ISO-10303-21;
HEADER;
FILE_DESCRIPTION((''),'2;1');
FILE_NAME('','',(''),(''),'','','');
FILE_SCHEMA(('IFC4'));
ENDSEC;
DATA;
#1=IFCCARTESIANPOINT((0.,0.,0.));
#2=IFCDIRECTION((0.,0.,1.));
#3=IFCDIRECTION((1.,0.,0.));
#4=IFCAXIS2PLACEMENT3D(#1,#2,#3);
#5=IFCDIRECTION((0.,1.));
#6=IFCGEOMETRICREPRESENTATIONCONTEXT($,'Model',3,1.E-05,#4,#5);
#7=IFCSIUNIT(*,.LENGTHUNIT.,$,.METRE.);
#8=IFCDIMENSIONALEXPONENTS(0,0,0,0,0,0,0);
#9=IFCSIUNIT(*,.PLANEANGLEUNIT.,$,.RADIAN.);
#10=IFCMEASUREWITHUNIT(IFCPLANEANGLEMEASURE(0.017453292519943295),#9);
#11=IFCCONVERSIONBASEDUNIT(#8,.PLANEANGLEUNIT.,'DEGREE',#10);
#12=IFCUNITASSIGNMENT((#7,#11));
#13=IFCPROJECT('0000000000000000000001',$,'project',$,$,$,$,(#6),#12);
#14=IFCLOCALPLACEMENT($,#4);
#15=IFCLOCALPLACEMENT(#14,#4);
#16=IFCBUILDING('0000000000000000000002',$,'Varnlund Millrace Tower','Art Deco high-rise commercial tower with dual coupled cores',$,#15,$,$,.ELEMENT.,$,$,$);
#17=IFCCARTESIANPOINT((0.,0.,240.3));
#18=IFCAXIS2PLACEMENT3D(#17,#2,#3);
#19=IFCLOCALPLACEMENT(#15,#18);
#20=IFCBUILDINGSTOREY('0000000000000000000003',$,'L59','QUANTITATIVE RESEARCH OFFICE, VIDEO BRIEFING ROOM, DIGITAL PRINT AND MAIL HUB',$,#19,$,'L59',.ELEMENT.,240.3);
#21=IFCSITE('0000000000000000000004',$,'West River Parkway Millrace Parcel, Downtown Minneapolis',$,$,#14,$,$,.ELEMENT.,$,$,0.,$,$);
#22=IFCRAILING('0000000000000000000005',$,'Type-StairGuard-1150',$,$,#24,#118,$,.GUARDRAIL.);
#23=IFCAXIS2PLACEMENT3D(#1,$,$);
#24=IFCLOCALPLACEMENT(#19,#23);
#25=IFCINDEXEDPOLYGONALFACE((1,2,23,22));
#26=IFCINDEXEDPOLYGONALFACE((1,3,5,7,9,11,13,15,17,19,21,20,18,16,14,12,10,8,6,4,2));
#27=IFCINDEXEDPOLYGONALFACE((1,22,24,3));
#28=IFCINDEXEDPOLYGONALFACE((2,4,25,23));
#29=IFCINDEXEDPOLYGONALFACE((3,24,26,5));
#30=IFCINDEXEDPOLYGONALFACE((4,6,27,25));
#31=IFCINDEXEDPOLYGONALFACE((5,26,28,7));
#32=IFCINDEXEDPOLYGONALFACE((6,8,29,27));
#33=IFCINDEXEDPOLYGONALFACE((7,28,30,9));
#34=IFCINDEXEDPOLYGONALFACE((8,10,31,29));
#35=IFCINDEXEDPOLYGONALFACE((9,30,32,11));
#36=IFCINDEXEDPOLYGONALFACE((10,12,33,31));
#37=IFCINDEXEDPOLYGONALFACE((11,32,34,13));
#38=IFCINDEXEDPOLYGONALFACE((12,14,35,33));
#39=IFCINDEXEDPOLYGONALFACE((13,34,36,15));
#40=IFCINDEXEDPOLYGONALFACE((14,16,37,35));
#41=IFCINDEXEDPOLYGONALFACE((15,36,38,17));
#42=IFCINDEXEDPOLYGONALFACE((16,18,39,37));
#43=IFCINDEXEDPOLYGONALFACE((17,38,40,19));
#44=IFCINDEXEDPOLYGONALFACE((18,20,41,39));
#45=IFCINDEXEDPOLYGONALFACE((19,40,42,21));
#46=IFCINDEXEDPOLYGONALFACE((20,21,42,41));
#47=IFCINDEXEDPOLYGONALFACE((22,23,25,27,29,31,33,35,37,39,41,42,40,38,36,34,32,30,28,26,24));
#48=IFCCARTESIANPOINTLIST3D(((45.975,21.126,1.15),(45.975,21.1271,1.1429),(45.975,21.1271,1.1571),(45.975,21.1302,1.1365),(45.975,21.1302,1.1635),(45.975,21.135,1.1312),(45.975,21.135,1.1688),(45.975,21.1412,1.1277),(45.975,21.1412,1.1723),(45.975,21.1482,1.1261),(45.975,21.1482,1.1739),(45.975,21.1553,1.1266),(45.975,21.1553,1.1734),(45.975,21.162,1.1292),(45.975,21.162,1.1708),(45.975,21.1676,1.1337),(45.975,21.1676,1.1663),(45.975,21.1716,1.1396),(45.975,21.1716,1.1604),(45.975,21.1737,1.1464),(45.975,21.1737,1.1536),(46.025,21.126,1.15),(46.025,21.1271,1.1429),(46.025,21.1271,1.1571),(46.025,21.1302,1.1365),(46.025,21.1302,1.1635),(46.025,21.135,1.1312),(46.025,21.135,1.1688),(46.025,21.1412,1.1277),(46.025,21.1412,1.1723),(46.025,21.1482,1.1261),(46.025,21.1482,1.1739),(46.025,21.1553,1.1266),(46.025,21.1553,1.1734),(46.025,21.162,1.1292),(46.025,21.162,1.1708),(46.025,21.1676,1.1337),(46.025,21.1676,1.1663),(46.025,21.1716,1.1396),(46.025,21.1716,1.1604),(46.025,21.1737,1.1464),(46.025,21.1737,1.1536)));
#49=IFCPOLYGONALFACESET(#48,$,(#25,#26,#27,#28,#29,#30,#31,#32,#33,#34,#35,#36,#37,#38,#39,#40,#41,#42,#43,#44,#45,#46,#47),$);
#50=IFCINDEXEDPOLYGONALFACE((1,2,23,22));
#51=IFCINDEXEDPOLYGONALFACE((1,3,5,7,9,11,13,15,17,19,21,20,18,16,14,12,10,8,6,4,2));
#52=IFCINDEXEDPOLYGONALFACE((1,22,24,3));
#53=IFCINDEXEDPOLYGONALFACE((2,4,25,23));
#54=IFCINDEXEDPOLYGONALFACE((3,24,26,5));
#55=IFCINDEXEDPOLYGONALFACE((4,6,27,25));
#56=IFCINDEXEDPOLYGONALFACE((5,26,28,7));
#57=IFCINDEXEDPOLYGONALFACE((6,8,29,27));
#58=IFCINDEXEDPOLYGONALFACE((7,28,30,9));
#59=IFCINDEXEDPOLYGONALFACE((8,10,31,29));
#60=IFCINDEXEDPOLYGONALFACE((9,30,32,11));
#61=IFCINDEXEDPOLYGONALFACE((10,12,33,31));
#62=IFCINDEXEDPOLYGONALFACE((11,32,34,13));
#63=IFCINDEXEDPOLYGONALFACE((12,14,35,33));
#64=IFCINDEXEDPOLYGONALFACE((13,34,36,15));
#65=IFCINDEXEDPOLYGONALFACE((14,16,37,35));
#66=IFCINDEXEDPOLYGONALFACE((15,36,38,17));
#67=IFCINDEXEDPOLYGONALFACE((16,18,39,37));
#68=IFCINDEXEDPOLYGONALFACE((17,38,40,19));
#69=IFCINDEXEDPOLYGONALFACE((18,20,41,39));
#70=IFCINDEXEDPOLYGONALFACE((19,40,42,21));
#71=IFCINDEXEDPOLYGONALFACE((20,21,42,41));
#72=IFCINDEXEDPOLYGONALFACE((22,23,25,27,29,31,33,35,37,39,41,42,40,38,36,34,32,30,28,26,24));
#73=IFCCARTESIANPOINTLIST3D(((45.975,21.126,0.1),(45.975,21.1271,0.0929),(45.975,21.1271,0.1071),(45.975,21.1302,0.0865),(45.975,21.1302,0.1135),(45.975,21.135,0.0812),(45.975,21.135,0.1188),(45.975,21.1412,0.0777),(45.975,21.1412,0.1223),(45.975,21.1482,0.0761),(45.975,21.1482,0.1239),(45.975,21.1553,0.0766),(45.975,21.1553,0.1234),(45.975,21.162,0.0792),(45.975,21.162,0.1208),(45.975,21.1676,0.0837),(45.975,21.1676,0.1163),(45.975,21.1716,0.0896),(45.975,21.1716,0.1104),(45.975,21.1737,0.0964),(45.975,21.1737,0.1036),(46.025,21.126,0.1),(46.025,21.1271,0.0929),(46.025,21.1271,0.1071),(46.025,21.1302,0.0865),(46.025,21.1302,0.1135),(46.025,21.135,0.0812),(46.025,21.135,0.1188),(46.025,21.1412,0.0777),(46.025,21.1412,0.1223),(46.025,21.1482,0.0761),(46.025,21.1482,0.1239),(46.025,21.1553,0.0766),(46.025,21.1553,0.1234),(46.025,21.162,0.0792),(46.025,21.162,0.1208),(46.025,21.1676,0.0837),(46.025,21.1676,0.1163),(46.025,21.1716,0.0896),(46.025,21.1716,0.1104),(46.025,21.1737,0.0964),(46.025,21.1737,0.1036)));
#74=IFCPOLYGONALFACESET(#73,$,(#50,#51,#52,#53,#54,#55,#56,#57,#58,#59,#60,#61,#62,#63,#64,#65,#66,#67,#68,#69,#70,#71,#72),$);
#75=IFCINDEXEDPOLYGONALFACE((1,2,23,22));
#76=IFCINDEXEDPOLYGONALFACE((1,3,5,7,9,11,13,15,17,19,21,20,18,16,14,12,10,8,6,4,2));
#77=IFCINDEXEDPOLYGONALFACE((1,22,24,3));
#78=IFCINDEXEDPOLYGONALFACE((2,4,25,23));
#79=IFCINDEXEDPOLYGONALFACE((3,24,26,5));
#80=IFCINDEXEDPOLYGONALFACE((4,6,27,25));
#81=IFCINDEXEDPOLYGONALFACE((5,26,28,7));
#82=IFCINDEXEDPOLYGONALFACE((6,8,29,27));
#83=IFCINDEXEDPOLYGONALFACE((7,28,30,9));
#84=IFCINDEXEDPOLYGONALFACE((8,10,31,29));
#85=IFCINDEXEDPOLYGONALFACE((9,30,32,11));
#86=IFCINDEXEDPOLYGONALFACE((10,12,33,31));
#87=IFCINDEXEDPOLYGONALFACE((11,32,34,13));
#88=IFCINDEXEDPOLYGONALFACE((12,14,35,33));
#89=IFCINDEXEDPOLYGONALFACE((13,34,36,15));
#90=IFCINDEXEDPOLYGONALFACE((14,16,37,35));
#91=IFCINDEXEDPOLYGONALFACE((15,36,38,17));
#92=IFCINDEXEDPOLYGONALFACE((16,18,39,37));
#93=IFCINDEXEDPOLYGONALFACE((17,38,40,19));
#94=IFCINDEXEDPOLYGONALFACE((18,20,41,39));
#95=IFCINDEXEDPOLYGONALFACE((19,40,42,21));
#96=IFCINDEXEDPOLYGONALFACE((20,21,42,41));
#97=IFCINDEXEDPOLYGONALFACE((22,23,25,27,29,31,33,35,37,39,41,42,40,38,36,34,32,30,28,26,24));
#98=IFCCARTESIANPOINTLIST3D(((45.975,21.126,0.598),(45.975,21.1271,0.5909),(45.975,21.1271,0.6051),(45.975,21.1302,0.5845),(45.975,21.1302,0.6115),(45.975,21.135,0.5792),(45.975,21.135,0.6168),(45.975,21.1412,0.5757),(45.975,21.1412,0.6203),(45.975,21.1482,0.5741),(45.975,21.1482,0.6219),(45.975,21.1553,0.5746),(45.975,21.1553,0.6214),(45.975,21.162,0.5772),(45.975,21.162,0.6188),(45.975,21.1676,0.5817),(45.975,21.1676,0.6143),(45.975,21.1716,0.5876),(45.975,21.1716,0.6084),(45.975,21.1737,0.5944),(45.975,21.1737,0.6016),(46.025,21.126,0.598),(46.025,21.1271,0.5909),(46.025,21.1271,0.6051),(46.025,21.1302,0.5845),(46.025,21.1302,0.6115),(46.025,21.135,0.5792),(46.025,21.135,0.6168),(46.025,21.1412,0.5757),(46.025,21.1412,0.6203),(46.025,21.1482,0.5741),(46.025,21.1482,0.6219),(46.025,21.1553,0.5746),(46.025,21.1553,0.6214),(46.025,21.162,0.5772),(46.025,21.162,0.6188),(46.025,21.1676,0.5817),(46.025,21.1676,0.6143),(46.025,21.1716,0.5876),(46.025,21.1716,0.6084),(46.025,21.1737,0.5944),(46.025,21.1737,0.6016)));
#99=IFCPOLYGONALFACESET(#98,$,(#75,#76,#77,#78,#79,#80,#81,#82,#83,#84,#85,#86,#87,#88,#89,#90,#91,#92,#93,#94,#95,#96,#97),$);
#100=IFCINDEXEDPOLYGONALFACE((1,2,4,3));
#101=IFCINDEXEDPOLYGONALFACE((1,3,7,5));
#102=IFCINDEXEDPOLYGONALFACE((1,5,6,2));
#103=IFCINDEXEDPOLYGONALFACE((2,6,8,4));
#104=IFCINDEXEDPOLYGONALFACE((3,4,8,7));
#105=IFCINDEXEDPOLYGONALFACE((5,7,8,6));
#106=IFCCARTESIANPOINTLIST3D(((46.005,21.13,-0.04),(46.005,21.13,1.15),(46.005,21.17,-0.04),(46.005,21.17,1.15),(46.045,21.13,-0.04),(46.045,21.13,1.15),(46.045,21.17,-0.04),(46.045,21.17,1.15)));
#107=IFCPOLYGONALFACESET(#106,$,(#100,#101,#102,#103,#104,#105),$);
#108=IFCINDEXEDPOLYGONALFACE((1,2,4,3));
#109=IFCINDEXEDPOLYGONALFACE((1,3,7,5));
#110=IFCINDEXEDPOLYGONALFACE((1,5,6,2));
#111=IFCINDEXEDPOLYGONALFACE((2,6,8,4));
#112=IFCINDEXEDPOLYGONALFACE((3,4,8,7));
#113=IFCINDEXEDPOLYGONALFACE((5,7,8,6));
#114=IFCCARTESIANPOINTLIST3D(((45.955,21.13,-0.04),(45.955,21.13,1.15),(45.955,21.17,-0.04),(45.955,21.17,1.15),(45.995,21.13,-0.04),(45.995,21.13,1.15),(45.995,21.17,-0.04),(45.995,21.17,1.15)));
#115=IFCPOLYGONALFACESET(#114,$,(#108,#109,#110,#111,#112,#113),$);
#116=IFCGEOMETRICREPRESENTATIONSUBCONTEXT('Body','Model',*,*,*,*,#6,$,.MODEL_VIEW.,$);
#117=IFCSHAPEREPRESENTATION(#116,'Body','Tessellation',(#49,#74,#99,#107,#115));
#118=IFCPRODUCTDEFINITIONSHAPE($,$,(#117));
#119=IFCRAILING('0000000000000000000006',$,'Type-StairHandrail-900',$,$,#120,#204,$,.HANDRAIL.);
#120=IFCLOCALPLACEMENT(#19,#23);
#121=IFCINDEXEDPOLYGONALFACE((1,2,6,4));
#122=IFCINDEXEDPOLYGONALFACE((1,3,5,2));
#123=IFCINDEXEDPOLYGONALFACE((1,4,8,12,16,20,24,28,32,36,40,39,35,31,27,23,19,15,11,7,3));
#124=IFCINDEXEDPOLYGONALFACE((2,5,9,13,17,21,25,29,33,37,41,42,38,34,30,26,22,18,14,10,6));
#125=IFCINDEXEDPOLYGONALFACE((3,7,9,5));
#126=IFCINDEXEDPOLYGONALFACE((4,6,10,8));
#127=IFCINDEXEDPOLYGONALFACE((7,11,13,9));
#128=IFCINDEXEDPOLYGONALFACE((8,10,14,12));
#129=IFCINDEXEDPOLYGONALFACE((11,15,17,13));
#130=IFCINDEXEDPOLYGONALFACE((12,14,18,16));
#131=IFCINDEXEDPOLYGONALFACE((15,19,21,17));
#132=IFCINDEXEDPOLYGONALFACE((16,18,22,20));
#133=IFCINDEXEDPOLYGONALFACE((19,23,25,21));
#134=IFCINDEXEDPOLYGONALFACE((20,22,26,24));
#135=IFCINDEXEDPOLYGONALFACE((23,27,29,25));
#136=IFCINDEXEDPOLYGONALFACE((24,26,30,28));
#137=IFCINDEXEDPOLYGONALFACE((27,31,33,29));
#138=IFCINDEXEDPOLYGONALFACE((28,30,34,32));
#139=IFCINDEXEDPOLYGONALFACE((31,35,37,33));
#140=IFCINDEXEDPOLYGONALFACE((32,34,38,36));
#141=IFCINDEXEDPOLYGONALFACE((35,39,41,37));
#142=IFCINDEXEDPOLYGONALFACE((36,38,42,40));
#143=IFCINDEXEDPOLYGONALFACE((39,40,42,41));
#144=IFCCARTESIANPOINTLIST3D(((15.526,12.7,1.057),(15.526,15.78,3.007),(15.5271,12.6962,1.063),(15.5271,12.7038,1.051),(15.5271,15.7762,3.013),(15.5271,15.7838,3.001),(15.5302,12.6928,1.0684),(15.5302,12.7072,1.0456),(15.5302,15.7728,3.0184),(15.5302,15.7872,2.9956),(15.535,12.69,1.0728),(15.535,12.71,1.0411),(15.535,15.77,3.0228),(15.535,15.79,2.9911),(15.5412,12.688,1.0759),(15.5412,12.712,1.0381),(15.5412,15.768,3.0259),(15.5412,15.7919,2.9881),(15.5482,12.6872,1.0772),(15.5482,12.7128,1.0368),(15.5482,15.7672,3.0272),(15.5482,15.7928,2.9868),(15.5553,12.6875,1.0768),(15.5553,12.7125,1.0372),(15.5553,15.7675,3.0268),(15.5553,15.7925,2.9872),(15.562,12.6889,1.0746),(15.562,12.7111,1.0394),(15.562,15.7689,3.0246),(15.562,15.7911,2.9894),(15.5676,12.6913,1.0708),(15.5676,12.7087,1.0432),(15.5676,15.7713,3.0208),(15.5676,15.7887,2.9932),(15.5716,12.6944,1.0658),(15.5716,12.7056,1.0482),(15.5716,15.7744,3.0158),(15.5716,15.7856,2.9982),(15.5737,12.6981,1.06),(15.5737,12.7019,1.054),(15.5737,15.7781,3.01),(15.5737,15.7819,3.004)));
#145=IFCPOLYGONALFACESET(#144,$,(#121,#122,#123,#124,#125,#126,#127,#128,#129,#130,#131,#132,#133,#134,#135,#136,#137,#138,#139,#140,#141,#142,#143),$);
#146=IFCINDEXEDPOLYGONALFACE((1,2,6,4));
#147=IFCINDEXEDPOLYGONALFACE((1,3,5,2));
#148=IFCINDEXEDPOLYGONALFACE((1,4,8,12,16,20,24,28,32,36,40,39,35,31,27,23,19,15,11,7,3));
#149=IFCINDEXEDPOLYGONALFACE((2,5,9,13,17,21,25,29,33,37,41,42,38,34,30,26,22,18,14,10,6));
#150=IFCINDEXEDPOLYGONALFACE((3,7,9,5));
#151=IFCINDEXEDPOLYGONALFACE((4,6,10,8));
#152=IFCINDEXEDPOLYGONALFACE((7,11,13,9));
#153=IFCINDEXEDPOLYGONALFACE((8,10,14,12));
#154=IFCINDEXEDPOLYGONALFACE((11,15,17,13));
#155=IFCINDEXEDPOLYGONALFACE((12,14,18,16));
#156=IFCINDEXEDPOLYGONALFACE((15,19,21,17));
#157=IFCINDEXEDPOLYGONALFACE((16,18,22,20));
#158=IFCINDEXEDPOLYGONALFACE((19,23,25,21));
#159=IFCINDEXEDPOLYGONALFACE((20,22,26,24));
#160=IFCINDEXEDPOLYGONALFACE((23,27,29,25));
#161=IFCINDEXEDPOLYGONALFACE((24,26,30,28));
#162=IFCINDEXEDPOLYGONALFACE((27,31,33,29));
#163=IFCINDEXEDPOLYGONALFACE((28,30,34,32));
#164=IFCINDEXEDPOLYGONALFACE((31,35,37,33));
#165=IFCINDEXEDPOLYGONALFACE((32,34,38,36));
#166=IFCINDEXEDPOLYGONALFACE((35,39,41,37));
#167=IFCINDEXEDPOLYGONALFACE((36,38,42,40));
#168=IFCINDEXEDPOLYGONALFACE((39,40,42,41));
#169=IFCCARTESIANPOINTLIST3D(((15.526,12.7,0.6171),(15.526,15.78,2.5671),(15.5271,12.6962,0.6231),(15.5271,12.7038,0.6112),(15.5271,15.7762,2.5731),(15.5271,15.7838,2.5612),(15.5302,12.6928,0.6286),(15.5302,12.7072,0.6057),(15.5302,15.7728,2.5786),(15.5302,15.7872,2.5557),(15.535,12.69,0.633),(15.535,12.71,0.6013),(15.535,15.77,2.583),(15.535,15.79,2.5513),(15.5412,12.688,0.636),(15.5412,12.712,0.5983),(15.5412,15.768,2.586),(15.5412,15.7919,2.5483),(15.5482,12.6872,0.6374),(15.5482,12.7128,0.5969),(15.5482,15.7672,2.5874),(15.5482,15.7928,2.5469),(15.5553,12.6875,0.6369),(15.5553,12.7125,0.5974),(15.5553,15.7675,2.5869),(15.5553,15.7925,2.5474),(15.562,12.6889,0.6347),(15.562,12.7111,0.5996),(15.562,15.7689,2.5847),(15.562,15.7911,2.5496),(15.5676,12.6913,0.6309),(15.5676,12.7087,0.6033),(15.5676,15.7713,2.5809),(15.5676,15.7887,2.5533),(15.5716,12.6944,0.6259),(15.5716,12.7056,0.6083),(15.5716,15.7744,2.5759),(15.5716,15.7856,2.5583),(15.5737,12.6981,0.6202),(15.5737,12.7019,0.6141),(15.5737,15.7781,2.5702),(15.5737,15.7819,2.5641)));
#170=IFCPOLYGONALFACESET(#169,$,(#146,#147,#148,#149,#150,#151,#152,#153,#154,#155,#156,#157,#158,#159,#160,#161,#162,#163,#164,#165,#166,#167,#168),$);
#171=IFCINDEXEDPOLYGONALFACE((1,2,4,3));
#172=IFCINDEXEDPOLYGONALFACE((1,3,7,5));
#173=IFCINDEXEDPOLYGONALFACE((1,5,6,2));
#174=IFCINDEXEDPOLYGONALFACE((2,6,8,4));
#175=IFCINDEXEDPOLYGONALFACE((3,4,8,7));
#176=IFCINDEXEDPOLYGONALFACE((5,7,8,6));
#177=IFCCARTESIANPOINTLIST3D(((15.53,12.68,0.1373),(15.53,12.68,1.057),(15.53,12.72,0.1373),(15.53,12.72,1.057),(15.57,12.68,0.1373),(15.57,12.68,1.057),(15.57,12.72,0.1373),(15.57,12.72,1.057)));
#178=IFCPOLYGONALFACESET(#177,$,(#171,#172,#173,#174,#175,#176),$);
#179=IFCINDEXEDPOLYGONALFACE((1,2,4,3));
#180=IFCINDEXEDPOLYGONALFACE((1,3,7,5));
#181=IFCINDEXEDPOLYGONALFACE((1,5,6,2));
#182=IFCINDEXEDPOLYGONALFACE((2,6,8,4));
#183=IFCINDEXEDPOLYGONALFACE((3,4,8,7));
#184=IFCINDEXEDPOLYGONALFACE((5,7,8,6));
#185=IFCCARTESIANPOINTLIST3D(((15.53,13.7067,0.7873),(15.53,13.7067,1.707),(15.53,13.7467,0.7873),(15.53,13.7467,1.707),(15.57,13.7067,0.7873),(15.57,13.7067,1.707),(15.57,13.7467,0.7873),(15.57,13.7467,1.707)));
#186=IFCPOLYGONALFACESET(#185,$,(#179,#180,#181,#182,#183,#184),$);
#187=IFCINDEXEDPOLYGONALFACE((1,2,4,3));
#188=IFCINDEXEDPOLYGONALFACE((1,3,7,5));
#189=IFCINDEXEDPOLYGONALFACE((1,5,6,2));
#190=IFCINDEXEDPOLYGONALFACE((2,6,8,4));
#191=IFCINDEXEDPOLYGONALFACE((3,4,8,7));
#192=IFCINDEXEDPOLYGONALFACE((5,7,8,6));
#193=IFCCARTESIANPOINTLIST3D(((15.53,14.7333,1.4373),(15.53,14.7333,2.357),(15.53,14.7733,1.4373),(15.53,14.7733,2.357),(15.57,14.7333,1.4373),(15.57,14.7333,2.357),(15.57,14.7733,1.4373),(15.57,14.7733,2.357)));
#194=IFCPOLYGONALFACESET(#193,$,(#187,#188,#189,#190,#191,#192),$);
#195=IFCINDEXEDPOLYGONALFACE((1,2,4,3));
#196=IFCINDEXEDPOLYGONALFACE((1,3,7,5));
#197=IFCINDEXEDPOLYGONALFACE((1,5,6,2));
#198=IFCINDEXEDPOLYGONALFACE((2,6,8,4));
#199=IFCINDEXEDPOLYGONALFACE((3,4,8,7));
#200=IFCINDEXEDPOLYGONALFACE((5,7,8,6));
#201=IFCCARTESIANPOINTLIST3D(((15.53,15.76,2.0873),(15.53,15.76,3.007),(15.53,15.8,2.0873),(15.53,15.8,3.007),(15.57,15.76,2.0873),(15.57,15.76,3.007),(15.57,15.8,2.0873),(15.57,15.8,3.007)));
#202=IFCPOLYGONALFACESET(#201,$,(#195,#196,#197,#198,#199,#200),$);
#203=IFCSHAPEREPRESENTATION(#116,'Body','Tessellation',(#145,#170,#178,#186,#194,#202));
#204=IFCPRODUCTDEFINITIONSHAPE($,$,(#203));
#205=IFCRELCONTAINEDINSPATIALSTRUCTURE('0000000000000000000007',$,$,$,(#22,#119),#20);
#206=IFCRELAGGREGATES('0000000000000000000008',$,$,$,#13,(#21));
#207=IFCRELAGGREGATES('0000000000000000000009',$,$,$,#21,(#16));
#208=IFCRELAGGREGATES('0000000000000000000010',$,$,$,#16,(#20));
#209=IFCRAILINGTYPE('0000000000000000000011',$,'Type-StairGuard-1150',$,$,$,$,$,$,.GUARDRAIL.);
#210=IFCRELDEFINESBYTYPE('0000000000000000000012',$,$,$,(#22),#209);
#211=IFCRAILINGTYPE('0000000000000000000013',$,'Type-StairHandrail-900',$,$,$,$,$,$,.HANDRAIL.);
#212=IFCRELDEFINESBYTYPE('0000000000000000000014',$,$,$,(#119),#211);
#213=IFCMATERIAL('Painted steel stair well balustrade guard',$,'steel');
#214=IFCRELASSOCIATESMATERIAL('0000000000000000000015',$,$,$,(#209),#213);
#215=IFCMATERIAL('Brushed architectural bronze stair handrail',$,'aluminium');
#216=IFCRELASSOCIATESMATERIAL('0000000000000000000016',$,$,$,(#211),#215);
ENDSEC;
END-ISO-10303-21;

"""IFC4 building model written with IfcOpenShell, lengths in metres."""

from ifc_helpers import new_model, entity, si_unit, converted_unit, direction, frame, origin_with_axes, origin_2d_with_axis, place, context, subcontext, project, spatial, rectangle, circle, extrude, material, type_object, element, save


model = new_model("IFC4")

# Units and contexts
model_context = context("Model", 3, precision=1e-05, world=origin_with_axes(), true_north=direction((0.0, 1.0)))
body_context = subcontext(model_context, "Body", "Model", "MODEL_VIEW")
ifc_project = project(units=[si_unit("LENGTHUNIT", "METRE"), converted_unit("PLANEANGLEUNIT", "DEGREE", entity("IfcPlaneAngleMeasure", 0.017453292519943295), si_unit("PLANEANGLEUNIT", "RADIAN"), dimensions=[0, 0, 0, 0, 0, 0, 0])], contexts=[model_context])

# Site, building, storey
site_placement = place(None, origin_with_axes())
site = spatial("IfcSite", under=ifc_project, at=site_placement, Name="West River Parkway Millrace Parcel, Downtown Minneapolis", CompositionType="ELEMENT", RefElevation=0.0)
building_placement = place(site_placement, origin_with_axes())
building = spatial("IfcBuilding", under=site, at=building_placement, Name="Varnlund Millrace Tower", Description="Art Deco high-rise commercial tower with dual coupled cores", CompositionType="ELEMENT")
storey_placement = place(building_placement, frame((0.0, 0.0, 240.3), z_axis=(0.0, 0.0, 1.0), x_axis=(1.0, 0.0, 0.0)))
storey = spatial("IfcBuildingStorey", under=building, at=storey_placement, Name="L59", Description="QUANTITATIVE RESEARCH OFFICE, VIDEO BRIEFING ROOM, DIGITAL PRINT AND MAIL HUB", LongName="L59", CompositionType="ELEMENT", Elevation=240.3)

# Railings
ifc_material_1 = material(Name="Painted steel stair well balustrade guard", Category="steel")
railing_type_1 = type_object("IfcRailingType", Name="Type-StairGuard-1150", PredefinedType="GUARDRAIL", material=ifc_material_1)
railing_1_placement = place(storey_placement, frame((0.0, 0.0, -240.3), z_axis=(0.0, 0.0, 1.0), x_axis=(1.0, 0.0, 0.0)))
element("IfcRailing", 1, at=railing_1_placement, inside=storey, type_object=railing_type_1, Name="Type-StairGuard-1150", PredefinedType="GUARDRAIL", context=body_context, shape_type="SweptSolid", body=[
    extrude(circle(Radius=0.024, at=origin_2d_with_axis()), frame((46.025, 21.15, 241.45), z_axis=(-1.0, 0.0, 0.0), x_axis=(0.0, -1.0, 0.0)), (0.0, 0.0, 1.0), 0.05),
    extrude(circle(Radius=0.024, at=origin_2d_with_axis()), frame((46.025, 21.15, 240.4), z_axis=(-1.0, 0.0, 0.0), x_axis=(0.0, -1.0, 0.0)), (0.0, 0.0, 1.0), 0.05),
    extrude(circle(Radius=0.024, at=origin_2d_with_axis()), frame((46.025, 21.15, 240.898), z_axis=(-1.0, 0.0, 0.0), x_axis=(0.0, -1.0, 0.0)), (0.0, 0.0, 1.0), 0.05),
    extrude(rectangle(XDim=0.04, YDim=0.04, at=origin_2d_with_axis()), frame((46.025, 21.15, 240.26), z_axis=(0.0, 0.0, 1.0), x_axis=(1.0, 0.0, 0.0)), (0.0, 0.0, 1.0), 1.19),
    extrude(rectangle(XDim=0.04, YDim=0.04, at=origin_2d_with_axis()), frame((45.975, 21.15, 240.26), z_axis=(0.0, 0.0, 1.0), x_axis=(1.0, 0.0, 0.0)), (0.0, 0.0, 1.0), 1.19),
])
ifc_material_2 = material(Name="Brushed architectural bronze stair handrail", Category="aluminium")
railing_type_2 = type_object("IfcRailingType", Name="Type-StairHandrail-900", PredefinedType="HANDRAIL", material=ifc_material_2)
railing_2_placement = place(storey_placement, frame((0.0, 0.0, -240.3), z_axis=(0.0, 0.0, 1.0), x_axis=(1.0, 0.0, 0.0)))
element("IfcRailing", 2, at=railing_2_placement, inside=storey, type_object=railing_type_2, Name="Type-StairHandrail-900", PredefinedType="HANDRAIL", context=body_context, shape_type="SweptSolid", body=[
    extrude(circle(Radius=0.024, at=origin_2d_with_axis()), frame((15.55, 12.7, 241.357), z_axis=(0.0, 0.844902, 0.534922), x_axis=(-1.0, 0.0, 0.0)), (0.0, 0.0, 1.0), 3.6454),
    extrude(circle(Radius=0.024, at=origin_2d_with_axis()), frame((15.55, 12.7, 240.9171), z_axis=(0.0, 0.844902, 0.534922), x_axis=(-1.0, 0.0, 0.0)), (0.0, 0.0, 1.0), 3.6454),
    extrude(rectangle(XDim=0.04, YDim=0.04, at=origin_2d_with_axis()), frame((15.55, 12.7, 240.4373), z_axis=(0.0, 0.0, 1.0), x_axis=(1.0, 0.0, 0.0)), (0.0, 0.0, 1.0), 0.9197),
    extrude(rectangle(XDim=0.04, YDim=0.04, at=origin_2d_with_axis()), frame((15.55, 13.7267, 241.0873), z_axis=(0.0, 0.0, 1.0), x_axis=(1.0, 0.0, 0.0)), (0.0, 0.0, 1.0), 0.9197),
    extrude(rectangle(XDim=0.04, YDim=0.04, at=origin_2d_with_axis()), frame((15.55, 14.7533, 241.7373), z_axis=(0.0, 0.0, 1.0), x_axis=(1.0, 0.0, 0.0)), (0.0, 0.0, 1.0), 0.9197),
    extrude(rectangle(XDim=0.04, YDim=0.04, at=origin_2d_with_axis()), frame((15.55, 15.78, 242.3873), z_axis=(0.0, 0.0, 1.0), x_axis=(1.0, 0.0, 0.0)), (0.0, 0.0, 1.0), 0.9197),
])

save(model, "model.ifc")
